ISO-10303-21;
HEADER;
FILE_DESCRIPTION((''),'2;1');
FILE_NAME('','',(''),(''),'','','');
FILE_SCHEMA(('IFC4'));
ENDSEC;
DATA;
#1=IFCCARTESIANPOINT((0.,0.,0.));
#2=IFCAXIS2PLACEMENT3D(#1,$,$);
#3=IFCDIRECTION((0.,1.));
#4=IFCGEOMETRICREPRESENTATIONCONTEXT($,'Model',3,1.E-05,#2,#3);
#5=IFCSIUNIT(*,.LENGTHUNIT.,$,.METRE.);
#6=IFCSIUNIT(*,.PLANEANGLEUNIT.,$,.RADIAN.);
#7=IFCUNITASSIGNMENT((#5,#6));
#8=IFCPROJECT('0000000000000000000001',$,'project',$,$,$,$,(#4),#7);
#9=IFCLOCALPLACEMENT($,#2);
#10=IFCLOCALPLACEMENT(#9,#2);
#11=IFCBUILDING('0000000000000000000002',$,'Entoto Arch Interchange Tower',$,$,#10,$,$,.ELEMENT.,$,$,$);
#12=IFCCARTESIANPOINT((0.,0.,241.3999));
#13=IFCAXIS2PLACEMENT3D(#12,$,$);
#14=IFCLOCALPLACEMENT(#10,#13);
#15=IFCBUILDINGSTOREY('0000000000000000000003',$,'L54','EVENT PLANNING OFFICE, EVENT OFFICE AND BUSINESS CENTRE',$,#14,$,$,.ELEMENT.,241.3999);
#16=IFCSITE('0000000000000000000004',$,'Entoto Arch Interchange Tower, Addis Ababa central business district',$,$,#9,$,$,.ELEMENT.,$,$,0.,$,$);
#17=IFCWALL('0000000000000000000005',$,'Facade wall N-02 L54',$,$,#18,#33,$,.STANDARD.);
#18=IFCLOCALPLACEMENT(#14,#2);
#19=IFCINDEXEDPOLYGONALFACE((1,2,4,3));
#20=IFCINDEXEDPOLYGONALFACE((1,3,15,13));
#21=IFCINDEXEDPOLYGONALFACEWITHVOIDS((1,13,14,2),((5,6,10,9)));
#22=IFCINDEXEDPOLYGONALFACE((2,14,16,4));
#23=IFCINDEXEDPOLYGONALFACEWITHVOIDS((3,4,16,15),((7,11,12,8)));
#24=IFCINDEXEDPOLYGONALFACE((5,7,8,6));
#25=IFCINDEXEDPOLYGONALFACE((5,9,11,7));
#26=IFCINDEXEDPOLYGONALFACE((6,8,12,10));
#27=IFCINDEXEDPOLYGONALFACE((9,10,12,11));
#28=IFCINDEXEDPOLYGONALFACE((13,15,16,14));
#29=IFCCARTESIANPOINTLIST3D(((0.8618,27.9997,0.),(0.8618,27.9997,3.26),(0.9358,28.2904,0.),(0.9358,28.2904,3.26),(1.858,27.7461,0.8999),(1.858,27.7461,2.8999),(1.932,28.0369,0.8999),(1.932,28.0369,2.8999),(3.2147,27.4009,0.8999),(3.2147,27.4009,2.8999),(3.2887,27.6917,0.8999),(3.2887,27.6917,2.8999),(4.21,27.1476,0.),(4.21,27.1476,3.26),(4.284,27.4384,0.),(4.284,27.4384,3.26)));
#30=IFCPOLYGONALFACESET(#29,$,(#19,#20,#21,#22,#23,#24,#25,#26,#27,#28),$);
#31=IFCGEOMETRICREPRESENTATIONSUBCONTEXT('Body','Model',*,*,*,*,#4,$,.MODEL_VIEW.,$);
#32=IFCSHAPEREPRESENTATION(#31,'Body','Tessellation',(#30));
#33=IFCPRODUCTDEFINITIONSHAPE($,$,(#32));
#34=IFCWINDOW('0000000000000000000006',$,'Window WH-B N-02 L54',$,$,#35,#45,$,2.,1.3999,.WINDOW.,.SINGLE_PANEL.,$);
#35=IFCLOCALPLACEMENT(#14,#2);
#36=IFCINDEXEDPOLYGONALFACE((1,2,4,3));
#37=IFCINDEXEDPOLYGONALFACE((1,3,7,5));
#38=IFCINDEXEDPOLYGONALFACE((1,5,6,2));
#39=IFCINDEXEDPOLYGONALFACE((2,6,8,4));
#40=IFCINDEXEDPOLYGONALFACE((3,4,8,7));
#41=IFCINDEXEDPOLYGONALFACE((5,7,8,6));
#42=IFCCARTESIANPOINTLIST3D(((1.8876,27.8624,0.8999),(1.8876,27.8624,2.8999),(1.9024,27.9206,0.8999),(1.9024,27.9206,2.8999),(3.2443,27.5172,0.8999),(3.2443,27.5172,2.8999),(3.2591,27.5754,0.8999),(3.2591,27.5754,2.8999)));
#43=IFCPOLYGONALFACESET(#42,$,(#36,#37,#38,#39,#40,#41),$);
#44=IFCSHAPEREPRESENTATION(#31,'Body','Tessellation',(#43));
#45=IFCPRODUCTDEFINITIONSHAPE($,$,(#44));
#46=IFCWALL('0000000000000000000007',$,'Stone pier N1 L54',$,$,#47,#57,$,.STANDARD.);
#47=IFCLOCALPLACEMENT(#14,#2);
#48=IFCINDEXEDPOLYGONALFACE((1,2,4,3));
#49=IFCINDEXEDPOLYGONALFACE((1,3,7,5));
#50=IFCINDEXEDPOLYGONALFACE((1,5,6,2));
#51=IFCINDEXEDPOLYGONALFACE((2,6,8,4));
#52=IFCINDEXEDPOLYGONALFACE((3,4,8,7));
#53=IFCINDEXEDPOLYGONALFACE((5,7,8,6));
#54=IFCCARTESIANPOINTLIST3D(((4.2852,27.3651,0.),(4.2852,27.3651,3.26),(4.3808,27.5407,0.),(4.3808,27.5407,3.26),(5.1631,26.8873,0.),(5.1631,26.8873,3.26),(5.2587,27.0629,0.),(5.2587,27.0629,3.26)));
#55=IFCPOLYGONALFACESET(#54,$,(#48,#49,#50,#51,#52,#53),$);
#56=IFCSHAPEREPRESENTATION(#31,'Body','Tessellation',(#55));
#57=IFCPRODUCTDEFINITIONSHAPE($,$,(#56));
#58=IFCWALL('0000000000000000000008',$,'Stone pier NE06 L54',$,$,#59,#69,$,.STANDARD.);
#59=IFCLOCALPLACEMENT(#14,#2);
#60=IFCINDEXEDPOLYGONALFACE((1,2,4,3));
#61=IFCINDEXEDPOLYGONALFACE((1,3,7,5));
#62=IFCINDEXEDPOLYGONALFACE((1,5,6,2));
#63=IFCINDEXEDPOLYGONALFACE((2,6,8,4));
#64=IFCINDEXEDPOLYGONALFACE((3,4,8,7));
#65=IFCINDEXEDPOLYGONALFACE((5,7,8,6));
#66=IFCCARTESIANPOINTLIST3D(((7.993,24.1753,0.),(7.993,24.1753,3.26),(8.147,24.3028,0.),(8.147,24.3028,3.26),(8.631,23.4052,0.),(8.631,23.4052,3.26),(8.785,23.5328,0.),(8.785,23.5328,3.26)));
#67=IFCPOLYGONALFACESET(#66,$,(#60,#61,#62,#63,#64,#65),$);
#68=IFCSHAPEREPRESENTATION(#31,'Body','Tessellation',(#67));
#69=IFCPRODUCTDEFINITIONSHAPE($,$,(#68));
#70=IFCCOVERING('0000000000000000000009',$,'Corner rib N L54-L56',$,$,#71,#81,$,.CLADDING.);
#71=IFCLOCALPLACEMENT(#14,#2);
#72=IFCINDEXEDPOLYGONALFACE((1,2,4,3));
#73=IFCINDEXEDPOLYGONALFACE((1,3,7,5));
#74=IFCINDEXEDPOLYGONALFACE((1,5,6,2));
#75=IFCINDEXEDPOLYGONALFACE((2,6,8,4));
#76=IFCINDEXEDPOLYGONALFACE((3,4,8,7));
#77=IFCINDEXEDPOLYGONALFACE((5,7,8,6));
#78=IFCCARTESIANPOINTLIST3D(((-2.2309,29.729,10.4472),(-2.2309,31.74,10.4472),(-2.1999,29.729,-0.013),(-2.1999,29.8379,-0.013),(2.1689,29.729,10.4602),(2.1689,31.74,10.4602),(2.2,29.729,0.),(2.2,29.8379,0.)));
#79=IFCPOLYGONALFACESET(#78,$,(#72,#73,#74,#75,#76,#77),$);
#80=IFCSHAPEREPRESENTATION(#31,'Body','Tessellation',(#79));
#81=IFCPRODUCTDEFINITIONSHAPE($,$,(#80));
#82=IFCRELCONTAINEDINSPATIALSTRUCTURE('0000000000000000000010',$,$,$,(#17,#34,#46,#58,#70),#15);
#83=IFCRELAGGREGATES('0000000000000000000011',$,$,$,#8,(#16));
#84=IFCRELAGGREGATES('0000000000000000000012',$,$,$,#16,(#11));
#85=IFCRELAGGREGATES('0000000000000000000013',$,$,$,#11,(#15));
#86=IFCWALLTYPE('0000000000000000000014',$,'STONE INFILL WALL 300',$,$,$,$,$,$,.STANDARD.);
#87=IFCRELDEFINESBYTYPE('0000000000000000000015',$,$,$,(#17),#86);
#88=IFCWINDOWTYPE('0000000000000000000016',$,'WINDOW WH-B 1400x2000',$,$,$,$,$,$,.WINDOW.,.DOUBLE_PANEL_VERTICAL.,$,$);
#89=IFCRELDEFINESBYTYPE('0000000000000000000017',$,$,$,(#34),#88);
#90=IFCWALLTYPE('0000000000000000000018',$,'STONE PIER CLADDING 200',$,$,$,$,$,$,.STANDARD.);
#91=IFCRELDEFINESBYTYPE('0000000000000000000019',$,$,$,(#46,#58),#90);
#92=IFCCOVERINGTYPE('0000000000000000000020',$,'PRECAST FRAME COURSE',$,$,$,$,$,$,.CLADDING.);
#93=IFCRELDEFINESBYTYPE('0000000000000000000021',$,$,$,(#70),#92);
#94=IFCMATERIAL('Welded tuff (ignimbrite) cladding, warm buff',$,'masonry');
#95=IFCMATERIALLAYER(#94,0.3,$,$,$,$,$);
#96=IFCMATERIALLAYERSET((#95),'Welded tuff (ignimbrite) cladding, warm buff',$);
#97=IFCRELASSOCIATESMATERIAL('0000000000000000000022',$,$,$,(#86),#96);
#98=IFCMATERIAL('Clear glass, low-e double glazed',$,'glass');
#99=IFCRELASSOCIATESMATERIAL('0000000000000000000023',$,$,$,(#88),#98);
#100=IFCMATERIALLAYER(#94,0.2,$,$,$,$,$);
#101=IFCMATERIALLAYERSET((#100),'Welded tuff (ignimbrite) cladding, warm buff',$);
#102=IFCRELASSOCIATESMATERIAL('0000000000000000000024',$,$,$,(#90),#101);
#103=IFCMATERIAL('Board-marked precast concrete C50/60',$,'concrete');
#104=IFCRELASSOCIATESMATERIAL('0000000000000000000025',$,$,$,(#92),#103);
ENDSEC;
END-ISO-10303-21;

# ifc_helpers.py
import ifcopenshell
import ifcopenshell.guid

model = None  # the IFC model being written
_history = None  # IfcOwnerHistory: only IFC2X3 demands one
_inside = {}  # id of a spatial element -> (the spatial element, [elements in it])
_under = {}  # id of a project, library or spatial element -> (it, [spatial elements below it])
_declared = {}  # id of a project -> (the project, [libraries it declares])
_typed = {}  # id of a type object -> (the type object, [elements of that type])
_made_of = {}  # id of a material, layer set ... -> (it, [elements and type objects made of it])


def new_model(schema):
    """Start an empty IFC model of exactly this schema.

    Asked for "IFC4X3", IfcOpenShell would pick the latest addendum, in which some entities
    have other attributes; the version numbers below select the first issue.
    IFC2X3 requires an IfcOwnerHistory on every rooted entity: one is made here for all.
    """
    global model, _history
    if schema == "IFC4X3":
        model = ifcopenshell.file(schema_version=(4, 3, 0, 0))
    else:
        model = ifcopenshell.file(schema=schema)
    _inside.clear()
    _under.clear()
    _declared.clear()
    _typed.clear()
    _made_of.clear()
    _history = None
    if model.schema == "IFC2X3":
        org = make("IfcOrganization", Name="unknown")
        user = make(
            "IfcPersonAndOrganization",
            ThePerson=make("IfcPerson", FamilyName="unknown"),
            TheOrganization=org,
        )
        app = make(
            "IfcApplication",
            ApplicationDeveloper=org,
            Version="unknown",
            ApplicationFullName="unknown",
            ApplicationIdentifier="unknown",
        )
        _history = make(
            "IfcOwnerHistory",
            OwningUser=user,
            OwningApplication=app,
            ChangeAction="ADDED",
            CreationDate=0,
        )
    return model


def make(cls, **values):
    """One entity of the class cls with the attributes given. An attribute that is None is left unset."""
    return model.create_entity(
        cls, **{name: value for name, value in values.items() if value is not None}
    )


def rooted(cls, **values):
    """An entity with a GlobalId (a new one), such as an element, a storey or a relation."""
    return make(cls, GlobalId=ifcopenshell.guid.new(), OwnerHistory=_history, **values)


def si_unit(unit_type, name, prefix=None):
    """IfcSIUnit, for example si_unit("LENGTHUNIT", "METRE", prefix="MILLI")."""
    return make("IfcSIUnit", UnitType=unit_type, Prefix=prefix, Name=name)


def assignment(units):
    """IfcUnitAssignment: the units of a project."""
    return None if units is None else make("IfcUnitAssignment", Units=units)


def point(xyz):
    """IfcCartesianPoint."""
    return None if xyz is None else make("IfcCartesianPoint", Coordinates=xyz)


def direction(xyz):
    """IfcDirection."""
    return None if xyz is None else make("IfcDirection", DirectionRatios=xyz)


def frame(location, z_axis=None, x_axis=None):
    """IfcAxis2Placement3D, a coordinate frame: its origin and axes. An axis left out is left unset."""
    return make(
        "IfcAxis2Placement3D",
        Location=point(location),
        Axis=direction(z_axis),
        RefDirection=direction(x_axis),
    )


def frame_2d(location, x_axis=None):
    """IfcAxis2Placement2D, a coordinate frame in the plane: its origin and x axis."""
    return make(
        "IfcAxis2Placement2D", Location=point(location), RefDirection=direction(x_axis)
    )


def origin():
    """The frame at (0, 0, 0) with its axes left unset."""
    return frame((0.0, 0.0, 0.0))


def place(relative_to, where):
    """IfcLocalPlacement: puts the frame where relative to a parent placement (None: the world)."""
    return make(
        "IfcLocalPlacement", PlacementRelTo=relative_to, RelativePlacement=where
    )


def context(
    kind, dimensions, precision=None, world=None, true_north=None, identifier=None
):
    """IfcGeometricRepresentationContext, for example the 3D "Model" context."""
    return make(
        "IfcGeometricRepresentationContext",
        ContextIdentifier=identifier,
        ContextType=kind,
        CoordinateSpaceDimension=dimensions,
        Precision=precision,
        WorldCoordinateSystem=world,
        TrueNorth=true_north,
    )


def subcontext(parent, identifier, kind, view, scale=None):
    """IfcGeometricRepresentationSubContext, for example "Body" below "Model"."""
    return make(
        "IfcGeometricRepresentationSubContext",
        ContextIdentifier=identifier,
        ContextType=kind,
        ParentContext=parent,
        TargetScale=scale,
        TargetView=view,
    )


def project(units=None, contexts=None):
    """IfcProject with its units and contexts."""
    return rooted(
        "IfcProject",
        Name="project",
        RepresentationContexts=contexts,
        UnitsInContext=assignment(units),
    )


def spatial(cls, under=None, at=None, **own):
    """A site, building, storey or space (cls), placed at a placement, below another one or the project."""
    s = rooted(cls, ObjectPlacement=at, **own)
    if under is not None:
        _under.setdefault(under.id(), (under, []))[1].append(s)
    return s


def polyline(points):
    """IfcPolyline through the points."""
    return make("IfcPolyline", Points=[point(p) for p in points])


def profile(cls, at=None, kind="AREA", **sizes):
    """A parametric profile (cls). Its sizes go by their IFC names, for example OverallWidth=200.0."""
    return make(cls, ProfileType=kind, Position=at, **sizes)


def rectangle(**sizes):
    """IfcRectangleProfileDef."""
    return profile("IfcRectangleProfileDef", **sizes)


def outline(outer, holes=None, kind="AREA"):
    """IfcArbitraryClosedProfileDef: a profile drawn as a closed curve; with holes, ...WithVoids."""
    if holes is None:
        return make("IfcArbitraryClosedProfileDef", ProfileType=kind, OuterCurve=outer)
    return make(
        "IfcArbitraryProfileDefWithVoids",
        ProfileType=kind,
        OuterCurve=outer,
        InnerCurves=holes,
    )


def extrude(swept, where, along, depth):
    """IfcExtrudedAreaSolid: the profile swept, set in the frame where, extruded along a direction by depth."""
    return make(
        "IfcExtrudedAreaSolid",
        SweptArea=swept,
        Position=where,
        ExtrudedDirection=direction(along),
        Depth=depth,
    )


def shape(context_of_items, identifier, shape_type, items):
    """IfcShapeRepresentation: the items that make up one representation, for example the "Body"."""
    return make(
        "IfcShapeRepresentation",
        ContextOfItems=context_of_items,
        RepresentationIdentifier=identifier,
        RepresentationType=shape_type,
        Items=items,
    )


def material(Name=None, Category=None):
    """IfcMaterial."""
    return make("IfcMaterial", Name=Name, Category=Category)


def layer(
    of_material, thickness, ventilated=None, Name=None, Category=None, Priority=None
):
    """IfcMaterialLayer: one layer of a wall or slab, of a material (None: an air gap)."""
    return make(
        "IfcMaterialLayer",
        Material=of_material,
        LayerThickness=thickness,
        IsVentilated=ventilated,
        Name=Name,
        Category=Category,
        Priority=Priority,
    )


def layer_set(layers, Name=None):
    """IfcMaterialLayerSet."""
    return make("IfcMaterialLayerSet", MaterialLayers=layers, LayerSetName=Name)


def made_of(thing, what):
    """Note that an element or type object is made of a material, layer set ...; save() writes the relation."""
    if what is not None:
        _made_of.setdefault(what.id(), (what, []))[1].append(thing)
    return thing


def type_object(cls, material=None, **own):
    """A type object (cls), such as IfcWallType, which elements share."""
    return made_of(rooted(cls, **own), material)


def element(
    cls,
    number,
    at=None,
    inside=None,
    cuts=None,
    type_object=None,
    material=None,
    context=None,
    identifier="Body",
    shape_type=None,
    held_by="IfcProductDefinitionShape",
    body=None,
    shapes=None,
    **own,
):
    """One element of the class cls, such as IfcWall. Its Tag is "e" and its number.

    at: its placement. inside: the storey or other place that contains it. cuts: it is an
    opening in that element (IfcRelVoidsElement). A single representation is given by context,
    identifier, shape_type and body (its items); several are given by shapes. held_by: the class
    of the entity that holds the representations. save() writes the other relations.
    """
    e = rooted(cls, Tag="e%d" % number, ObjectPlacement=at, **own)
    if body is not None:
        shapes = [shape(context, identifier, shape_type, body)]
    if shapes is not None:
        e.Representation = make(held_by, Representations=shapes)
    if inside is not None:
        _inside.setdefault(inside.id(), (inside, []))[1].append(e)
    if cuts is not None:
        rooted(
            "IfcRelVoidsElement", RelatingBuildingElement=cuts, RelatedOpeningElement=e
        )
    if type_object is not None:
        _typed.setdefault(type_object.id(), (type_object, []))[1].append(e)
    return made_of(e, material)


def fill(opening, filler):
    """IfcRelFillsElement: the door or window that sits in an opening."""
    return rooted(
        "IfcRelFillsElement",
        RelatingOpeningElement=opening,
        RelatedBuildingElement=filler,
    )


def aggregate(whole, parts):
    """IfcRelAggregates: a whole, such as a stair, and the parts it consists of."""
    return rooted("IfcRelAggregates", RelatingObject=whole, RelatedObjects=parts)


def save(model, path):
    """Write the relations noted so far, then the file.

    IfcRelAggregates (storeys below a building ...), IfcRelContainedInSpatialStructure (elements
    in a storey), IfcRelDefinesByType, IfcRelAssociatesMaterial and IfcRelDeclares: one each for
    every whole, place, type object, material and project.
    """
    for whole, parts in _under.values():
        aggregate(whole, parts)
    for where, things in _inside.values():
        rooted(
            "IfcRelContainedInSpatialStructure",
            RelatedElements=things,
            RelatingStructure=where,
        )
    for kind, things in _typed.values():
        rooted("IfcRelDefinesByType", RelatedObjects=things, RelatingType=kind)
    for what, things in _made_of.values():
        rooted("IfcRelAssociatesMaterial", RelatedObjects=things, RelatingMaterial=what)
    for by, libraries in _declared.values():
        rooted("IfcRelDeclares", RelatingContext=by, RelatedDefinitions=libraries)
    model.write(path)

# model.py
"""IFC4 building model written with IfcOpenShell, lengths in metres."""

from ifc_helpers import new_model, si_unit, direction, frame, frame_2d, origin, place, context, subcontext, project, spatial, polyline, rectangle, outline, extrude, material, layer, layer_set, type_object, element, fill, save


model = new_model("IFC4")

# Units and contexts
model_context = context("Model", 3, precision=1e-05, world=origin(), true_north=direction((0.0, 1.0)))
body_context = subcontext(model_context, "Body", "Model", "MODEL_VIEW")
ifc_project = project(units=[si_unit("LENGTHUNIT", "METRE"), si_unit("PLANEANGLEUNIT", "RADIAN")], contexts=[model_context])

# Site, building, storey
site_placement = place(None, origin())
site = spatial("IfcSite", under=ifc_project, at=site_placement, Name="Entoto Arch Interchange Tower, Addis Ababa central business district", CompositionType="ELEMENT", RefElevation=0.0)
building_placement = place(site_placement, origin())
building = spatial("IfcBuilding", under=site, at=building_placement, Name="Entoto Arch Interchange Tower", CompositionType="ELEMENT")
storey_placement = place(building_placement, frame((0.0, 0.0, 241.3999)))
storey = spatial("IfcBuildingStorey", under=building, at=storey_placement, Name="L54", Description="EVENT PLANNING OFFICE, EVENT OFFICE AND BUSINESS CENTRE", CompositionType="ELEMENT", Elevation=241.3999)

# Shared definitions
ifc_material_1 = material(Name="Board-marked precast concrete C50/60", Category="concrete")

# Wall, opening, window
ifc_material_2 = material(Name="Welded tuff (ignimbrite) cladding, warm buff", Category="masonry")
ifc_layer_1 = layer(ifc_material_2, 0.3)
ifc_layer_set_1 = layer_set([ifc_layer_1], Name="Welded tuff (ignimbrite) cladding, warm buff")
wall_type_1 = type_object("IfcWallType", Name="STONE INFILL WALL 300", PredefinedType="STANDARD", material=ifc_layer_set_1)
ifc_material_3 = material(Name="Clear glass, low-e double glazed", Category="glass")
window_type = type_object("IfcWindowType", Name="WINDOW WH-B 1400x2000", PartitioningType="DOUBLE_PANEL_VERTICAL", PredefinedType="WINDOW", material=ifc_material_3)
wall_1_placement = place(storey_placement, frame((4.2471, 27.293, 0.0), z_axis=(0.0, 0.0, 1.0), x_axis=(-0.969111, 0.246624, 0.0)))
wall_1 = element("IfcWall", 1, at=wall_1_placement, inside=storey, type_object=wall_type_1, Name="Facade wall N-02 L54", PredefinedType="STANDARD", context=body_context, shape_type="SweptSolid", body=[
    extrude(rectangle(XDim=3.4548, YDim=0.3, at=frame_2d((1.7275, 0.0))), origin(), (0.0, 0.0, 1.0), 3.26),
])
opening_1_placement = place(wall_1_placement, frame((1.0271, 0.0, 0.8999)))
opening_1 = element("IfcOpeningElement", 2, at=opening_1_placement, cuts=wall_1, PredefinedType="OPENING", context=body_context, shape_type="SweptSolid", body=[
    extrude(rectangle(XDim=1.3999, YDim=2.0, at=frame_2d((0.7, 1.0))), frame((0.0, 0.1602, 0.0), z_axis=(0.0, -1.0, 0.0), x_axis=(1.0, 0.0, 0.0)), (0.0, 0.0, 1.0), 0.3201),
])
window_1_placement = place(opening_1_placement, origin())
window_1 = element("IfcWindow", 3, at=window_1_placement, inside=storey, type_object=window_type, Name="Window WH-B N-02 L54", OverallHeight=2.0, OverallWidth=1.3999, PartitioningType="SINGLE_PANEL", PredefinedType="WINDOW", context=body_context, shape_type="SweptSolid", body=[
    extrude(rectangle(XDim=1.3999, YDim=2.0, at=frame_2d((0.7, 1.0))), frame((0.0, 0.03, 0.0), z_axis=(0.0, -1.0, 0.0), x_axis=(1.0, 0.0, 0.0)), (0.0, 0.0, 1.0), 0.0601),
])
fill(opening_1, window_1)

# Walls
ifc_layer_2 = layer(ifc_material_2, 0.2)
ifc_layer_set_2 = layer_set([ifc_layer_2], Name="Welded tuff (ignimbrite) cladding, warm buff")
wall_type_2 = type_object("IfcWallType", Name="STONE PIER CLADDING 200", PredefinedType="STANDARD", material=ifc_layer_set_2)
wall_2_placement = place(storey_placement, frame((5.2109, 26.9751, 0.0), z_axis=(0.0, 0.0, 1.0), x_axis=(-0.878353, 0.478013, 0.0)))
element("IfcWall", 4, at=wall_2_placement, inside=storey, type_object=wall_type_2, Name="Stone pier N1 L54", PredefinedType="STANDARD", context=body_context, shape_type="SweptSolid", body=[
    extrude(rectangle(XDim=0.9995, YDim=0.2, at=frame_2d((0.4998, 0.0))), origin(), (0.0, 0.0, 1.0), 3.26),
])
wall_3_placement = place(storey_placement, frame((8.708, 23.469, 0.0), z_axis=(0.0, 0.0, 1.0), x_axis=(-0.637972, 0.770059, 0.0)))
element("IfcWall", 5, at=wall_3_placement, inside=storey, type_object=wall_type_2, Name="Stone pier NE06 L54", PredefinedType="STANDARD", context=body_context, shape_type="SweptSolid", body=[
    extrude(rectangle(XDim=1.0, YDim=0.2, at=frame_2d((0.5, 0.0))), origin(), (0.0, 0.0, 1.0), 3.26),
])

# Covering
covering_type = type_object("IfcCoveringType", Name="PRECAST FRAME COURSE", PredefinedType="CLADDING", material=ifc_material_1)
covering_placement = place(storey_placement, frame((2.2, 29.729, 0.0), z_axis=(0.999996, 0.0, 0.002964), x_axis=(0.0, 1.0, 0.0)))
element("IfcCovering", 6, at=covering_placement, inside=storey, type_object=covering_type, Name="Corner rib N L54-L56", PredefinedType="CLADDING", context=body_context, shape_type="SweptSolid", body=[
    extrude(outline(polyline([(0.0, 0.0), (0.1089, 0.0), (2.011, 10.4603), (0.0, 10.4603), (0.0, 0.0)])), origin(), (0.0, 0.0, -1.0), 4.3999),
])

save(model, "model.ifc")
